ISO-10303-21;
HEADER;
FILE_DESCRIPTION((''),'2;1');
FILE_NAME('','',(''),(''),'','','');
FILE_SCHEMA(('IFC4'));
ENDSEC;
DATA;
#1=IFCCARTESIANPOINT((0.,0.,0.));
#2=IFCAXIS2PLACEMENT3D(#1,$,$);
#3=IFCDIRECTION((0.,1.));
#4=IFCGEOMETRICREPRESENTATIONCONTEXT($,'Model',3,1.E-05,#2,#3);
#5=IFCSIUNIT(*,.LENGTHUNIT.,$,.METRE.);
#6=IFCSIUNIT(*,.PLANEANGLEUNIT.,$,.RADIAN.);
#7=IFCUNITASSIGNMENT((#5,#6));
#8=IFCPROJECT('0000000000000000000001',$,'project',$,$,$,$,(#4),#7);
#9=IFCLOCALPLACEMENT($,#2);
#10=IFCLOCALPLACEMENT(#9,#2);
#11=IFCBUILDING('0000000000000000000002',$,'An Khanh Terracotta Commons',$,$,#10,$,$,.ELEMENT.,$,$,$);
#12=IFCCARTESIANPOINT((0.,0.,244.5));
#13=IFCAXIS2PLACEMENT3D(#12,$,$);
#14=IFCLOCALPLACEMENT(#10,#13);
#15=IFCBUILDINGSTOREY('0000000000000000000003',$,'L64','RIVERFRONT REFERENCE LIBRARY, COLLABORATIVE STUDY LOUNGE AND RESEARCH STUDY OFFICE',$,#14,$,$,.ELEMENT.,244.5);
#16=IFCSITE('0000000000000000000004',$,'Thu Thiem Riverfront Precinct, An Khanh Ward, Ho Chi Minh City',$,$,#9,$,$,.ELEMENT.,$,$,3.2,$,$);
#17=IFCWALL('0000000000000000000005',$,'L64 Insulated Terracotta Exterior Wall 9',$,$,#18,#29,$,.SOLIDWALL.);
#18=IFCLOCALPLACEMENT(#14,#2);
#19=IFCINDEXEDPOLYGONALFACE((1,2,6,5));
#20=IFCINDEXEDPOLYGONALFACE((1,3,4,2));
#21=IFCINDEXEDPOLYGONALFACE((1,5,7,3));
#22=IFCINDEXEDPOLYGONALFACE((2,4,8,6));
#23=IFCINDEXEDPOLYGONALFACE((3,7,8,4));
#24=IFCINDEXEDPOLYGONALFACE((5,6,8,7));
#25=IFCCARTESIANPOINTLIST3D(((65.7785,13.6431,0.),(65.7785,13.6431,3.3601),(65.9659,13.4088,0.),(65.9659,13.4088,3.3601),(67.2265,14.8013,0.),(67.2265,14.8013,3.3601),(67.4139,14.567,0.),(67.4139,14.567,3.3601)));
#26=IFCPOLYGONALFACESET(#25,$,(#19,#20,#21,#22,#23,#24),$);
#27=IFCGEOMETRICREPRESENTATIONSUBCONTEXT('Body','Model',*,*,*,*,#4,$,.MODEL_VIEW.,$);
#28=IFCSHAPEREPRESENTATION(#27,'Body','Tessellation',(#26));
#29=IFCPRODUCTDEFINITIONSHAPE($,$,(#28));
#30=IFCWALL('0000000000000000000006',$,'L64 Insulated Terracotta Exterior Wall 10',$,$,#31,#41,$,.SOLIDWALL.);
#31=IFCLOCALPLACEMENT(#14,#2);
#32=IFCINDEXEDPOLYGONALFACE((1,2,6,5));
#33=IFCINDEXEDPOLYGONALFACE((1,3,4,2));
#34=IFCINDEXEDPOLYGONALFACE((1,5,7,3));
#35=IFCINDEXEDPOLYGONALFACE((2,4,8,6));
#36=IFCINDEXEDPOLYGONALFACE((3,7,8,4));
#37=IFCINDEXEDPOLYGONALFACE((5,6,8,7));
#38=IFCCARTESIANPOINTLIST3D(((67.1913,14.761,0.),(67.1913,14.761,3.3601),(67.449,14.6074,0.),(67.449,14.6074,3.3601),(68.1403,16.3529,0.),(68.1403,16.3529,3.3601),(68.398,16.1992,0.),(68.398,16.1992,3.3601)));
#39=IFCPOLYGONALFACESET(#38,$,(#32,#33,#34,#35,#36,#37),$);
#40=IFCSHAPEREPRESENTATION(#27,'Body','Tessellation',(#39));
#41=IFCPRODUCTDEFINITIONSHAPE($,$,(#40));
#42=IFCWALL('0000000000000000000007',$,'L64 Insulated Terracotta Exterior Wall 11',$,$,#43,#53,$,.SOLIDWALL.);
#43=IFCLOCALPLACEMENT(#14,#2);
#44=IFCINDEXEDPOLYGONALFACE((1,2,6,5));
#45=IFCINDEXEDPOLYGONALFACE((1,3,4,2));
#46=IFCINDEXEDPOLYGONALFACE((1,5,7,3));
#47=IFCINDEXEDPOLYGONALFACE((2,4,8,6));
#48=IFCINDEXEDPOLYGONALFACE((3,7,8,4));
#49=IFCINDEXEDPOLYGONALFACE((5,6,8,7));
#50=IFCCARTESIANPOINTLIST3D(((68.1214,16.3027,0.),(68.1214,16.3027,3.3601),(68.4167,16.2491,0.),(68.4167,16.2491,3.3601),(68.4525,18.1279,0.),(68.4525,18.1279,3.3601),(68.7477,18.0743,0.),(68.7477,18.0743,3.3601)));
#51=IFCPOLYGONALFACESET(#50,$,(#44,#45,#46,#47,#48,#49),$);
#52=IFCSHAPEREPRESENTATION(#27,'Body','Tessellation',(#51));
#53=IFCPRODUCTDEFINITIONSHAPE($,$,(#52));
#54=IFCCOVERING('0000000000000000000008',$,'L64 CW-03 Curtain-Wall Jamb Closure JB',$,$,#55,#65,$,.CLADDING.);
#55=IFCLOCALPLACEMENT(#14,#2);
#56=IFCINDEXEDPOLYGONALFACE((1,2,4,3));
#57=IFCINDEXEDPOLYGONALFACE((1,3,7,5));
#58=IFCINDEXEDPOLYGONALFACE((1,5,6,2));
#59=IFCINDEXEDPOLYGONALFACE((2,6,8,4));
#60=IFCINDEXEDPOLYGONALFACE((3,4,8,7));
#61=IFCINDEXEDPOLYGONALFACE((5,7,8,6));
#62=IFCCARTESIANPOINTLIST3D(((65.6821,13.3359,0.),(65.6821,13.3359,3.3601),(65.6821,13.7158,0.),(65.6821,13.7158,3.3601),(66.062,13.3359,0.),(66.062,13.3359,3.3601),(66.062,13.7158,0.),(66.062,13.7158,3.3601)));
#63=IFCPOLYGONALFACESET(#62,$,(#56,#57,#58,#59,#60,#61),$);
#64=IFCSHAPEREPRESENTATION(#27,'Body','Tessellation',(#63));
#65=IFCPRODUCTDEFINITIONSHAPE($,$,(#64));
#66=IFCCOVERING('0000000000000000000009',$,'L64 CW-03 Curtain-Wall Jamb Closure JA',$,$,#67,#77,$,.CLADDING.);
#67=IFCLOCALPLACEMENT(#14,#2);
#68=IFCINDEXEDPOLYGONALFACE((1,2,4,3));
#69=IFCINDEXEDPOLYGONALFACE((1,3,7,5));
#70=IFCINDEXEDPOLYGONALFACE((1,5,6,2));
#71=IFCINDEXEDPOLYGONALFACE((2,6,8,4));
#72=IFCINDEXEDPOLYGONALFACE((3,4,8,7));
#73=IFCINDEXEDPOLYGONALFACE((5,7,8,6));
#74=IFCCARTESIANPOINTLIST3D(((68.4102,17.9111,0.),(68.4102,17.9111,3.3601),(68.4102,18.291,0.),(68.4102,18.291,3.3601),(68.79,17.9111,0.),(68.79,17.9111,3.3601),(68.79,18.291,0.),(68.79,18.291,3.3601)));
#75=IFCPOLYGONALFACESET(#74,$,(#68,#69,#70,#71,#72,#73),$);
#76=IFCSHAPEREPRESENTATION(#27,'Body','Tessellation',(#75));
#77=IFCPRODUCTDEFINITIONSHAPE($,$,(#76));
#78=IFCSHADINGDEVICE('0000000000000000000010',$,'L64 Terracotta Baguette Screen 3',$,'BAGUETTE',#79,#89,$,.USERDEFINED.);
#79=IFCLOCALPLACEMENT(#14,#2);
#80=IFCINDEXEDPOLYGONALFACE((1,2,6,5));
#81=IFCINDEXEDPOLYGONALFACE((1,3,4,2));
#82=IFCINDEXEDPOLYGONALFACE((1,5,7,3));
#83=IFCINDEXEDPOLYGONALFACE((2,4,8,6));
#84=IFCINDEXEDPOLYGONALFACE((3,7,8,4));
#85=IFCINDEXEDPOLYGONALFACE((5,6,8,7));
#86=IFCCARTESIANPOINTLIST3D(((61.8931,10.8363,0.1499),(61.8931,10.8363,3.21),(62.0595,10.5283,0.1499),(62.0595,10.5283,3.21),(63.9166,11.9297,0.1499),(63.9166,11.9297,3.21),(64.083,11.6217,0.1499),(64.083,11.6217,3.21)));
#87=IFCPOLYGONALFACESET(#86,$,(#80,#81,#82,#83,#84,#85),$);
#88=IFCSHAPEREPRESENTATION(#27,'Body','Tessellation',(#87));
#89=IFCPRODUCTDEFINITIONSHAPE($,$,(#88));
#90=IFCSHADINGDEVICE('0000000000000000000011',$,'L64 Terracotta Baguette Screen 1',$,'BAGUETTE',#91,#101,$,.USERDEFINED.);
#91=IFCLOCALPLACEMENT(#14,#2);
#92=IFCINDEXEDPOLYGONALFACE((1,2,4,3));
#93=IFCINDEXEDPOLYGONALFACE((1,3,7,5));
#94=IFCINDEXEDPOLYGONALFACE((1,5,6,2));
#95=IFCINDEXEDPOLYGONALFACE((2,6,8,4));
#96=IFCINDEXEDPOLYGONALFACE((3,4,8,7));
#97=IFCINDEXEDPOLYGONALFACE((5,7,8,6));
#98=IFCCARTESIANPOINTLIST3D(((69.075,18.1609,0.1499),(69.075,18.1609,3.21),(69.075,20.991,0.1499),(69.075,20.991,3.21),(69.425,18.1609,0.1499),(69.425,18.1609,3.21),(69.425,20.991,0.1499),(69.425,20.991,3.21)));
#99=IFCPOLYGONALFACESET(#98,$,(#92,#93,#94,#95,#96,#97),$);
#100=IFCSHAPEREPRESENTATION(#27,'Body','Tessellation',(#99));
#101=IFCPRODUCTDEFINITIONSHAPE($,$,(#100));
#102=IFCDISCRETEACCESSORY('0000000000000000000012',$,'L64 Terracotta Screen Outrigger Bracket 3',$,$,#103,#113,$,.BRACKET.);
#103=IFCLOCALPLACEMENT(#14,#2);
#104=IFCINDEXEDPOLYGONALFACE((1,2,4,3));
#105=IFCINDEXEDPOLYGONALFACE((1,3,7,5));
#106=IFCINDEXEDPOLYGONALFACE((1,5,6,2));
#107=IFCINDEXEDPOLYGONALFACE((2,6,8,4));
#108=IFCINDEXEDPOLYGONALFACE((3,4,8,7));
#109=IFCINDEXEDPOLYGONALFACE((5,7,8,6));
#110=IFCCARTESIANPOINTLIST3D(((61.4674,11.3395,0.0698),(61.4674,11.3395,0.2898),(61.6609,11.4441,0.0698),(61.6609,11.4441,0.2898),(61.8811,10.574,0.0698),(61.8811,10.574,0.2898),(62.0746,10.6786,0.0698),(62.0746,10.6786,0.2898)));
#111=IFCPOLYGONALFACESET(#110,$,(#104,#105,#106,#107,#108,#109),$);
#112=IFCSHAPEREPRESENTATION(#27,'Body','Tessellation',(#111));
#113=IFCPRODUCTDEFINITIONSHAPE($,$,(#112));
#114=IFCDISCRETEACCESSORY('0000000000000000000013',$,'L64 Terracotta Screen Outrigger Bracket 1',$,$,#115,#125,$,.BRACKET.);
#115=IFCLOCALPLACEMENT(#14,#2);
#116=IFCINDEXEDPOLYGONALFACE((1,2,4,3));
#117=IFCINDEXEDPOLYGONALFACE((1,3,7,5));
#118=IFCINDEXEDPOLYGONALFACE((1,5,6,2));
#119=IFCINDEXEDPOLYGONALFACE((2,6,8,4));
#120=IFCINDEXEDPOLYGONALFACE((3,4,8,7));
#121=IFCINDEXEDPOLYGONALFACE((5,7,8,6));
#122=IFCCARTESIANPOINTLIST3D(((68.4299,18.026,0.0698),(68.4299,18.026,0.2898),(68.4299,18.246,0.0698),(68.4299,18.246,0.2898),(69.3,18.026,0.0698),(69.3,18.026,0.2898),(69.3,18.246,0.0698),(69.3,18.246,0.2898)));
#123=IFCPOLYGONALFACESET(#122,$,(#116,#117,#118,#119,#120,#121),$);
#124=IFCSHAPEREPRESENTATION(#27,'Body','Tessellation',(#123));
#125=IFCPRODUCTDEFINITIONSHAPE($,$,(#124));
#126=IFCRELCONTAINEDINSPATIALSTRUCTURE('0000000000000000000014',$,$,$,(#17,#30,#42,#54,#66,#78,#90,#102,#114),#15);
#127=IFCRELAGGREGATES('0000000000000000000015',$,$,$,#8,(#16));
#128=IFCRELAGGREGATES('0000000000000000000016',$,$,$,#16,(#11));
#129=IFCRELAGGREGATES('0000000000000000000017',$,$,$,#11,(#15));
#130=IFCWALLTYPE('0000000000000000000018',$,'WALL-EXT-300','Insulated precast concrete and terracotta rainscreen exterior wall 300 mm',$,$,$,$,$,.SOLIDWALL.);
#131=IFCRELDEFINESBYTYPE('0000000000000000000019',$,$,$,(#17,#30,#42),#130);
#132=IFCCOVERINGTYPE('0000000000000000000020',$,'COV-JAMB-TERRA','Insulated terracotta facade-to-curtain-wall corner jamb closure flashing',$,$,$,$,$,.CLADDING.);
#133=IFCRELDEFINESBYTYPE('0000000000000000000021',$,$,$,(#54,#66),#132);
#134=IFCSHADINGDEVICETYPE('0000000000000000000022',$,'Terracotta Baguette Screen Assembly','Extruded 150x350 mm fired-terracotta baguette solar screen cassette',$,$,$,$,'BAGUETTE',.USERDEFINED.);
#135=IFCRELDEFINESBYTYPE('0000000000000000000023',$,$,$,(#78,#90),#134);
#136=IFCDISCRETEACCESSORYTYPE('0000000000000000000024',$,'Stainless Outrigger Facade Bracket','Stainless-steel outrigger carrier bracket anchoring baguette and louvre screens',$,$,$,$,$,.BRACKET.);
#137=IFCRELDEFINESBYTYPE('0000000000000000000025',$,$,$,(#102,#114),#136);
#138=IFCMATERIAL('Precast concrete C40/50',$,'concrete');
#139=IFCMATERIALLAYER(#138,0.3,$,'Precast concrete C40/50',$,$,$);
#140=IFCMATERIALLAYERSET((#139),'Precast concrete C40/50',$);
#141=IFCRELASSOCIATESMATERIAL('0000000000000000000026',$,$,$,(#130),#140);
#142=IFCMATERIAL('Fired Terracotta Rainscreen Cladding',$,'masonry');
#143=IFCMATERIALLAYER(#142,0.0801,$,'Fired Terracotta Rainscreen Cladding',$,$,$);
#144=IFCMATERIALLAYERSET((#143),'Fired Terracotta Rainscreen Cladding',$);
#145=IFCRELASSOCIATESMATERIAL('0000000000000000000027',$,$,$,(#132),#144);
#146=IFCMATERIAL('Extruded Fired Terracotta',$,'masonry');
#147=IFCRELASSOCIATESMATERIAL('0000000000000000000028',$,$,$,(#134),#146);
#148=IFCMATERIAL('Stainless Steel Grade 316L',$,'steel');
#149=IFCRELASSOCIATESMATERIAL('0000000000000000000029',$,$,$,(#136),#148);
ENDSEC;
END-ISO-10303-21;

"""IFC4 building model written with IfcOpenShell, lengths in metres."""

from ifc_helpers import new_model, si_unit, direction, frame, frame_2d, origin, origin_2d, place, context, subcontext, project, spatial, rectangle, extrude, material, layer, layer_set, type_object, element, save


model = new_model("IFC4")

# Units and contexts
model_context = context("Model", 3, precision=1e-05, world=origin(), true_north=direction((0.0, 1.0)))
body_context = subcontext(model_context, "Body", "Model", "MODEL_VIEW")
ifc_project = project(units=[si_unit("LENGTHUNIT", "METRE"), si_unit("PLANEANGLEUNIT", "RADIAN")], contexts=[model_context])

# Site, building, storey
site_placement = place(None, origin())
site = spatial("IfcSite", under=ifc_project, at=site_placement, Name="Thu Thiem Riverfront Precinct, An Khanh Ward, Ho Chi Minh City", CompositionType="ELEMENT", RefElevation=3.2)
building_placement = place(site_placement, origin())
building = spatial("IfcBuilding", under=site, at=building_placement, Name="An Khanh Terracotta Commons", CompositionType="ELEMENT")
storey_placement = place(building_placement, frame((0.0, 0.0, 244.5)))
storey = spatial("IfcBuildingStorey", under=building, at=storey_placement, Name="L64", Description="RIVERFRONT REFERENCE LIBRARY, COLLABORATIVE STUDY LOUNGE AND RESEARCH STUDY OFFICE", CompositionType="ELEMENT", Elevation=244.5)

# Walls
ifc_material_1 = material(Name="Precast concrete C40/50", Category="concrete")
ifc_layer_1 = layer(ifc_material_1, 0.3, Name="Precast concrete C40/50")
ifc_layer_set_1 = layer_set([ifc_layer_1], Name="Precast concrete C40/50")
wall_type = type_object("IfcWallType", Name="WALL-EXT-300", Description="Insulated precast concrete and terracotta rainscreen exterior wall 300 mm", PredefinedType="SOLIDWALL", material=ifc_layer_set_1)
wall_1_placement = place(storey_placement, frame((65.8721, 13.5259, 0.0), z_axis=(0.0, 0.0, 1.0), x_axis=(0.78092, 0.624631, 0.0)))
element("IfcWall", 1, at=wall_1_placement, inside=storey, type_object=wall_type, Name="L64 Insulated Terracotta Exterior Wall 9", PredefinedType="SOLIDWALL", context=body_context, shape_type="SweptSolid", body=[
    extrude(rectangle(XDim=1.8542, YDim=0.3, at=frame_2d((0.9272, 0.0))), origin(), (0.0, 0.0, 1.0), 3.3601),
])
wall_2_placement = place(storey_placement, frame((67.3201, 14.6841, 0.0), z_axis=(0.0, 0.0, 1.0), x_axis=(0.512072, 0.858943, 0.0)))
element("IfcWall", 2, at=wall_2_placement, inside=storey, type_object=wall_type, Name="L64 Insulated Terracotta Exterior Wall 10", PredefinedType="SOLIDWALL", context=body_context, shape_type="SweptSolid", body=[
    extrude(rectangle(XDim=1.8533, YDim=0.3, at=frame_2d((0.9268, 0.0))), origin(), (0.0, 0.0, 1.0), 3.3601),
])
wall_3_placement = place(storey_placement, frame((68.269, 16.2759, 0.0), z_axis=(0.0, 0.0, 1.0), x_axis=(0.178468, 0.983946, 0.0)))
element("IfcWall", 3, at=wall_3_placement, inside=storey, type_object=wall_type, Name="L64 Insulated Terracotta Exterior Wall 11", PredefinedType="SOLIDWALL", context=body_context, shape_type="SweptSolid", body=[
    extrude(rectangle(XDim=1.855, YDim=0.3, at=frame_2d((0.9275, 0.0))), origin(), (0.0, 0.0, 1.0), 3.3601),
])

# Coverings
ifc_material_2 = material(Name="Fired Terracotta Rainscreen Cladding", Category="masonry")
ifc_layer_2 = layer(ifc_material_2, 0.0801, Name="Fired Terracotta Rainscreen Cladding")
ifc_layer_set_2 = layer_set([ifc_layer_2], Name="Fired Terracotta Rainscreen Cladding")
covering_type = type_object("IfcCoveringType", Name="COV-JAMB-TERRA", Description="Insulated terracotta facade-to-curtain-wall corner jamb closure flashing", PredefinedType="CLADDING", material=ifc_layer_set_2)
for number, where, z_axis, x_axis, name in (
    (4, (65.8721, 13.5259, 0.0), (0.0, 0.0, 1.0), (1.0, 0.0, 0.0), "L64 CW-03 Curtain-Wall Jamb Closure JB"),
    (5, (68.6001, 18.1011, 0.0), (0.0, 0.0, 1.0), (1.0, 0.0, 0.0), "L64 CW-03 Curtain-Wall Jamb Closure JA"),
):
    element("IfcCovering", number, at=place(storey_placement, frame(where, z_axis=z_axis, x_axis=x_axis)), inside=storey, type_object=covering_type, Name=name, PredefinedType="CLADDING", context=body_context, shape_type="SweptSolid", body=[
        extrude(rectangle(XDim=0.3799, YDim=0.3799, at=origin_2d()), origin(), (0.0, 0.0, 1.0), 3.3601),
    ])

# Shading devices
ifc_material_3 = material(Name="Extruded Fired Terracotta", Category="masonry")
shading_device_type = type_object("IfcShadingDeviceType", Name="Terracotta Baguette Screen Assembly", Description="Extruded 150x350 mm fired-terracotta baguette solar screen cassette", ElementType="BAGUETTE", PredefinedType="USERDEFINED", material=ifc_material_3)
shading_device_1_placement = place(storey_placement, frame((62.988, 11.229, 0.1499), z_axis=(0.0, 0.0, 1.0), x_axis=(0.87978, 0.475381, 0.0)))
element("IfcShadingDevice", 6, at=shading_device_1_placement, inside=storey, type_object=shading_device_type, Name="L64 Terracotta Baguette Screen 3", ObjectType="BAGUETTE", PredefinedType="USERDEFINED", context=body_context, shape_type="SweptSolid", body=[
    extrude(rectangle(XDim=2.3, YDim=0.3501, at=origin_2d()), origin(), (0.0, 0.0, 1.0), 3.0601),
])
shading_device_2_placement = place(storey_placement, frame((69.25, 19.5759, 0.1499), z_axis=(0.0, 0.0, 1.0), x_axis=(0.0, 1.0, 0.0)))
element("IfcShadingDevice", 7, at=shading_device_2_placement, inside=storey, type_object=shading_device_type, Name="L64 Terracotta Baguette Screen 1", ObjectType="BAGUETTE", PredefinedType="USERDEFINED", context=body_context, shape_type="SweptSolid", body=[
    extrude(rectangle(XDim=2.8301, YDim=0.3501, at=origin_2d()), origin(), (0.0, 0.0, 1.0), 3.0601),
])

# Discrete accessories
ifc_material_4 = material(Name="Stainless Steel Grade 316L", Category="steel")
discrete_accessory_type = type_object("IfcDiscreteAccessoryType", Name="Stainless Outrigger Facade Bracket", Description="Stainless-steel outrigger carrier bracket anchoring baguette and louvre screens", PredefinedType="BRACKET", material=ifc_material_4)
for number, where, z_axis, x_axis, name in (
    (8, (61.771, 11.009, 0.0698), (0.0, 0.0, 1.0), (0.87978, 0.475381, 0.0), "L64 Terracotta Screen Outrigger Bracket 3"),
    (9, (68.865, 18.136, 0.0698), (0.0, 0.0, 1.0), (0.0, 1.0, 0.0), "L64 Terracotta Screen Outrigger Bracket 1"),
):
    element("IfcDiscreteAccessory", number, at=place(storey_placement, frame(where, z_axis=z_axis, x_axis=x_axis)), inside=storey, type_object=discrete_accessory_type, Name=name, PredefinedType="BRACKET", context=body_context, shape_type="SweptSolid", body=[
        extrude(rectangle(XDim=0.22, YDim=0.8701, at=origin_2d()), origin(), (0.0, 0.0, 1.0), 0.22),
    ])

save(model, "model.ifc")
